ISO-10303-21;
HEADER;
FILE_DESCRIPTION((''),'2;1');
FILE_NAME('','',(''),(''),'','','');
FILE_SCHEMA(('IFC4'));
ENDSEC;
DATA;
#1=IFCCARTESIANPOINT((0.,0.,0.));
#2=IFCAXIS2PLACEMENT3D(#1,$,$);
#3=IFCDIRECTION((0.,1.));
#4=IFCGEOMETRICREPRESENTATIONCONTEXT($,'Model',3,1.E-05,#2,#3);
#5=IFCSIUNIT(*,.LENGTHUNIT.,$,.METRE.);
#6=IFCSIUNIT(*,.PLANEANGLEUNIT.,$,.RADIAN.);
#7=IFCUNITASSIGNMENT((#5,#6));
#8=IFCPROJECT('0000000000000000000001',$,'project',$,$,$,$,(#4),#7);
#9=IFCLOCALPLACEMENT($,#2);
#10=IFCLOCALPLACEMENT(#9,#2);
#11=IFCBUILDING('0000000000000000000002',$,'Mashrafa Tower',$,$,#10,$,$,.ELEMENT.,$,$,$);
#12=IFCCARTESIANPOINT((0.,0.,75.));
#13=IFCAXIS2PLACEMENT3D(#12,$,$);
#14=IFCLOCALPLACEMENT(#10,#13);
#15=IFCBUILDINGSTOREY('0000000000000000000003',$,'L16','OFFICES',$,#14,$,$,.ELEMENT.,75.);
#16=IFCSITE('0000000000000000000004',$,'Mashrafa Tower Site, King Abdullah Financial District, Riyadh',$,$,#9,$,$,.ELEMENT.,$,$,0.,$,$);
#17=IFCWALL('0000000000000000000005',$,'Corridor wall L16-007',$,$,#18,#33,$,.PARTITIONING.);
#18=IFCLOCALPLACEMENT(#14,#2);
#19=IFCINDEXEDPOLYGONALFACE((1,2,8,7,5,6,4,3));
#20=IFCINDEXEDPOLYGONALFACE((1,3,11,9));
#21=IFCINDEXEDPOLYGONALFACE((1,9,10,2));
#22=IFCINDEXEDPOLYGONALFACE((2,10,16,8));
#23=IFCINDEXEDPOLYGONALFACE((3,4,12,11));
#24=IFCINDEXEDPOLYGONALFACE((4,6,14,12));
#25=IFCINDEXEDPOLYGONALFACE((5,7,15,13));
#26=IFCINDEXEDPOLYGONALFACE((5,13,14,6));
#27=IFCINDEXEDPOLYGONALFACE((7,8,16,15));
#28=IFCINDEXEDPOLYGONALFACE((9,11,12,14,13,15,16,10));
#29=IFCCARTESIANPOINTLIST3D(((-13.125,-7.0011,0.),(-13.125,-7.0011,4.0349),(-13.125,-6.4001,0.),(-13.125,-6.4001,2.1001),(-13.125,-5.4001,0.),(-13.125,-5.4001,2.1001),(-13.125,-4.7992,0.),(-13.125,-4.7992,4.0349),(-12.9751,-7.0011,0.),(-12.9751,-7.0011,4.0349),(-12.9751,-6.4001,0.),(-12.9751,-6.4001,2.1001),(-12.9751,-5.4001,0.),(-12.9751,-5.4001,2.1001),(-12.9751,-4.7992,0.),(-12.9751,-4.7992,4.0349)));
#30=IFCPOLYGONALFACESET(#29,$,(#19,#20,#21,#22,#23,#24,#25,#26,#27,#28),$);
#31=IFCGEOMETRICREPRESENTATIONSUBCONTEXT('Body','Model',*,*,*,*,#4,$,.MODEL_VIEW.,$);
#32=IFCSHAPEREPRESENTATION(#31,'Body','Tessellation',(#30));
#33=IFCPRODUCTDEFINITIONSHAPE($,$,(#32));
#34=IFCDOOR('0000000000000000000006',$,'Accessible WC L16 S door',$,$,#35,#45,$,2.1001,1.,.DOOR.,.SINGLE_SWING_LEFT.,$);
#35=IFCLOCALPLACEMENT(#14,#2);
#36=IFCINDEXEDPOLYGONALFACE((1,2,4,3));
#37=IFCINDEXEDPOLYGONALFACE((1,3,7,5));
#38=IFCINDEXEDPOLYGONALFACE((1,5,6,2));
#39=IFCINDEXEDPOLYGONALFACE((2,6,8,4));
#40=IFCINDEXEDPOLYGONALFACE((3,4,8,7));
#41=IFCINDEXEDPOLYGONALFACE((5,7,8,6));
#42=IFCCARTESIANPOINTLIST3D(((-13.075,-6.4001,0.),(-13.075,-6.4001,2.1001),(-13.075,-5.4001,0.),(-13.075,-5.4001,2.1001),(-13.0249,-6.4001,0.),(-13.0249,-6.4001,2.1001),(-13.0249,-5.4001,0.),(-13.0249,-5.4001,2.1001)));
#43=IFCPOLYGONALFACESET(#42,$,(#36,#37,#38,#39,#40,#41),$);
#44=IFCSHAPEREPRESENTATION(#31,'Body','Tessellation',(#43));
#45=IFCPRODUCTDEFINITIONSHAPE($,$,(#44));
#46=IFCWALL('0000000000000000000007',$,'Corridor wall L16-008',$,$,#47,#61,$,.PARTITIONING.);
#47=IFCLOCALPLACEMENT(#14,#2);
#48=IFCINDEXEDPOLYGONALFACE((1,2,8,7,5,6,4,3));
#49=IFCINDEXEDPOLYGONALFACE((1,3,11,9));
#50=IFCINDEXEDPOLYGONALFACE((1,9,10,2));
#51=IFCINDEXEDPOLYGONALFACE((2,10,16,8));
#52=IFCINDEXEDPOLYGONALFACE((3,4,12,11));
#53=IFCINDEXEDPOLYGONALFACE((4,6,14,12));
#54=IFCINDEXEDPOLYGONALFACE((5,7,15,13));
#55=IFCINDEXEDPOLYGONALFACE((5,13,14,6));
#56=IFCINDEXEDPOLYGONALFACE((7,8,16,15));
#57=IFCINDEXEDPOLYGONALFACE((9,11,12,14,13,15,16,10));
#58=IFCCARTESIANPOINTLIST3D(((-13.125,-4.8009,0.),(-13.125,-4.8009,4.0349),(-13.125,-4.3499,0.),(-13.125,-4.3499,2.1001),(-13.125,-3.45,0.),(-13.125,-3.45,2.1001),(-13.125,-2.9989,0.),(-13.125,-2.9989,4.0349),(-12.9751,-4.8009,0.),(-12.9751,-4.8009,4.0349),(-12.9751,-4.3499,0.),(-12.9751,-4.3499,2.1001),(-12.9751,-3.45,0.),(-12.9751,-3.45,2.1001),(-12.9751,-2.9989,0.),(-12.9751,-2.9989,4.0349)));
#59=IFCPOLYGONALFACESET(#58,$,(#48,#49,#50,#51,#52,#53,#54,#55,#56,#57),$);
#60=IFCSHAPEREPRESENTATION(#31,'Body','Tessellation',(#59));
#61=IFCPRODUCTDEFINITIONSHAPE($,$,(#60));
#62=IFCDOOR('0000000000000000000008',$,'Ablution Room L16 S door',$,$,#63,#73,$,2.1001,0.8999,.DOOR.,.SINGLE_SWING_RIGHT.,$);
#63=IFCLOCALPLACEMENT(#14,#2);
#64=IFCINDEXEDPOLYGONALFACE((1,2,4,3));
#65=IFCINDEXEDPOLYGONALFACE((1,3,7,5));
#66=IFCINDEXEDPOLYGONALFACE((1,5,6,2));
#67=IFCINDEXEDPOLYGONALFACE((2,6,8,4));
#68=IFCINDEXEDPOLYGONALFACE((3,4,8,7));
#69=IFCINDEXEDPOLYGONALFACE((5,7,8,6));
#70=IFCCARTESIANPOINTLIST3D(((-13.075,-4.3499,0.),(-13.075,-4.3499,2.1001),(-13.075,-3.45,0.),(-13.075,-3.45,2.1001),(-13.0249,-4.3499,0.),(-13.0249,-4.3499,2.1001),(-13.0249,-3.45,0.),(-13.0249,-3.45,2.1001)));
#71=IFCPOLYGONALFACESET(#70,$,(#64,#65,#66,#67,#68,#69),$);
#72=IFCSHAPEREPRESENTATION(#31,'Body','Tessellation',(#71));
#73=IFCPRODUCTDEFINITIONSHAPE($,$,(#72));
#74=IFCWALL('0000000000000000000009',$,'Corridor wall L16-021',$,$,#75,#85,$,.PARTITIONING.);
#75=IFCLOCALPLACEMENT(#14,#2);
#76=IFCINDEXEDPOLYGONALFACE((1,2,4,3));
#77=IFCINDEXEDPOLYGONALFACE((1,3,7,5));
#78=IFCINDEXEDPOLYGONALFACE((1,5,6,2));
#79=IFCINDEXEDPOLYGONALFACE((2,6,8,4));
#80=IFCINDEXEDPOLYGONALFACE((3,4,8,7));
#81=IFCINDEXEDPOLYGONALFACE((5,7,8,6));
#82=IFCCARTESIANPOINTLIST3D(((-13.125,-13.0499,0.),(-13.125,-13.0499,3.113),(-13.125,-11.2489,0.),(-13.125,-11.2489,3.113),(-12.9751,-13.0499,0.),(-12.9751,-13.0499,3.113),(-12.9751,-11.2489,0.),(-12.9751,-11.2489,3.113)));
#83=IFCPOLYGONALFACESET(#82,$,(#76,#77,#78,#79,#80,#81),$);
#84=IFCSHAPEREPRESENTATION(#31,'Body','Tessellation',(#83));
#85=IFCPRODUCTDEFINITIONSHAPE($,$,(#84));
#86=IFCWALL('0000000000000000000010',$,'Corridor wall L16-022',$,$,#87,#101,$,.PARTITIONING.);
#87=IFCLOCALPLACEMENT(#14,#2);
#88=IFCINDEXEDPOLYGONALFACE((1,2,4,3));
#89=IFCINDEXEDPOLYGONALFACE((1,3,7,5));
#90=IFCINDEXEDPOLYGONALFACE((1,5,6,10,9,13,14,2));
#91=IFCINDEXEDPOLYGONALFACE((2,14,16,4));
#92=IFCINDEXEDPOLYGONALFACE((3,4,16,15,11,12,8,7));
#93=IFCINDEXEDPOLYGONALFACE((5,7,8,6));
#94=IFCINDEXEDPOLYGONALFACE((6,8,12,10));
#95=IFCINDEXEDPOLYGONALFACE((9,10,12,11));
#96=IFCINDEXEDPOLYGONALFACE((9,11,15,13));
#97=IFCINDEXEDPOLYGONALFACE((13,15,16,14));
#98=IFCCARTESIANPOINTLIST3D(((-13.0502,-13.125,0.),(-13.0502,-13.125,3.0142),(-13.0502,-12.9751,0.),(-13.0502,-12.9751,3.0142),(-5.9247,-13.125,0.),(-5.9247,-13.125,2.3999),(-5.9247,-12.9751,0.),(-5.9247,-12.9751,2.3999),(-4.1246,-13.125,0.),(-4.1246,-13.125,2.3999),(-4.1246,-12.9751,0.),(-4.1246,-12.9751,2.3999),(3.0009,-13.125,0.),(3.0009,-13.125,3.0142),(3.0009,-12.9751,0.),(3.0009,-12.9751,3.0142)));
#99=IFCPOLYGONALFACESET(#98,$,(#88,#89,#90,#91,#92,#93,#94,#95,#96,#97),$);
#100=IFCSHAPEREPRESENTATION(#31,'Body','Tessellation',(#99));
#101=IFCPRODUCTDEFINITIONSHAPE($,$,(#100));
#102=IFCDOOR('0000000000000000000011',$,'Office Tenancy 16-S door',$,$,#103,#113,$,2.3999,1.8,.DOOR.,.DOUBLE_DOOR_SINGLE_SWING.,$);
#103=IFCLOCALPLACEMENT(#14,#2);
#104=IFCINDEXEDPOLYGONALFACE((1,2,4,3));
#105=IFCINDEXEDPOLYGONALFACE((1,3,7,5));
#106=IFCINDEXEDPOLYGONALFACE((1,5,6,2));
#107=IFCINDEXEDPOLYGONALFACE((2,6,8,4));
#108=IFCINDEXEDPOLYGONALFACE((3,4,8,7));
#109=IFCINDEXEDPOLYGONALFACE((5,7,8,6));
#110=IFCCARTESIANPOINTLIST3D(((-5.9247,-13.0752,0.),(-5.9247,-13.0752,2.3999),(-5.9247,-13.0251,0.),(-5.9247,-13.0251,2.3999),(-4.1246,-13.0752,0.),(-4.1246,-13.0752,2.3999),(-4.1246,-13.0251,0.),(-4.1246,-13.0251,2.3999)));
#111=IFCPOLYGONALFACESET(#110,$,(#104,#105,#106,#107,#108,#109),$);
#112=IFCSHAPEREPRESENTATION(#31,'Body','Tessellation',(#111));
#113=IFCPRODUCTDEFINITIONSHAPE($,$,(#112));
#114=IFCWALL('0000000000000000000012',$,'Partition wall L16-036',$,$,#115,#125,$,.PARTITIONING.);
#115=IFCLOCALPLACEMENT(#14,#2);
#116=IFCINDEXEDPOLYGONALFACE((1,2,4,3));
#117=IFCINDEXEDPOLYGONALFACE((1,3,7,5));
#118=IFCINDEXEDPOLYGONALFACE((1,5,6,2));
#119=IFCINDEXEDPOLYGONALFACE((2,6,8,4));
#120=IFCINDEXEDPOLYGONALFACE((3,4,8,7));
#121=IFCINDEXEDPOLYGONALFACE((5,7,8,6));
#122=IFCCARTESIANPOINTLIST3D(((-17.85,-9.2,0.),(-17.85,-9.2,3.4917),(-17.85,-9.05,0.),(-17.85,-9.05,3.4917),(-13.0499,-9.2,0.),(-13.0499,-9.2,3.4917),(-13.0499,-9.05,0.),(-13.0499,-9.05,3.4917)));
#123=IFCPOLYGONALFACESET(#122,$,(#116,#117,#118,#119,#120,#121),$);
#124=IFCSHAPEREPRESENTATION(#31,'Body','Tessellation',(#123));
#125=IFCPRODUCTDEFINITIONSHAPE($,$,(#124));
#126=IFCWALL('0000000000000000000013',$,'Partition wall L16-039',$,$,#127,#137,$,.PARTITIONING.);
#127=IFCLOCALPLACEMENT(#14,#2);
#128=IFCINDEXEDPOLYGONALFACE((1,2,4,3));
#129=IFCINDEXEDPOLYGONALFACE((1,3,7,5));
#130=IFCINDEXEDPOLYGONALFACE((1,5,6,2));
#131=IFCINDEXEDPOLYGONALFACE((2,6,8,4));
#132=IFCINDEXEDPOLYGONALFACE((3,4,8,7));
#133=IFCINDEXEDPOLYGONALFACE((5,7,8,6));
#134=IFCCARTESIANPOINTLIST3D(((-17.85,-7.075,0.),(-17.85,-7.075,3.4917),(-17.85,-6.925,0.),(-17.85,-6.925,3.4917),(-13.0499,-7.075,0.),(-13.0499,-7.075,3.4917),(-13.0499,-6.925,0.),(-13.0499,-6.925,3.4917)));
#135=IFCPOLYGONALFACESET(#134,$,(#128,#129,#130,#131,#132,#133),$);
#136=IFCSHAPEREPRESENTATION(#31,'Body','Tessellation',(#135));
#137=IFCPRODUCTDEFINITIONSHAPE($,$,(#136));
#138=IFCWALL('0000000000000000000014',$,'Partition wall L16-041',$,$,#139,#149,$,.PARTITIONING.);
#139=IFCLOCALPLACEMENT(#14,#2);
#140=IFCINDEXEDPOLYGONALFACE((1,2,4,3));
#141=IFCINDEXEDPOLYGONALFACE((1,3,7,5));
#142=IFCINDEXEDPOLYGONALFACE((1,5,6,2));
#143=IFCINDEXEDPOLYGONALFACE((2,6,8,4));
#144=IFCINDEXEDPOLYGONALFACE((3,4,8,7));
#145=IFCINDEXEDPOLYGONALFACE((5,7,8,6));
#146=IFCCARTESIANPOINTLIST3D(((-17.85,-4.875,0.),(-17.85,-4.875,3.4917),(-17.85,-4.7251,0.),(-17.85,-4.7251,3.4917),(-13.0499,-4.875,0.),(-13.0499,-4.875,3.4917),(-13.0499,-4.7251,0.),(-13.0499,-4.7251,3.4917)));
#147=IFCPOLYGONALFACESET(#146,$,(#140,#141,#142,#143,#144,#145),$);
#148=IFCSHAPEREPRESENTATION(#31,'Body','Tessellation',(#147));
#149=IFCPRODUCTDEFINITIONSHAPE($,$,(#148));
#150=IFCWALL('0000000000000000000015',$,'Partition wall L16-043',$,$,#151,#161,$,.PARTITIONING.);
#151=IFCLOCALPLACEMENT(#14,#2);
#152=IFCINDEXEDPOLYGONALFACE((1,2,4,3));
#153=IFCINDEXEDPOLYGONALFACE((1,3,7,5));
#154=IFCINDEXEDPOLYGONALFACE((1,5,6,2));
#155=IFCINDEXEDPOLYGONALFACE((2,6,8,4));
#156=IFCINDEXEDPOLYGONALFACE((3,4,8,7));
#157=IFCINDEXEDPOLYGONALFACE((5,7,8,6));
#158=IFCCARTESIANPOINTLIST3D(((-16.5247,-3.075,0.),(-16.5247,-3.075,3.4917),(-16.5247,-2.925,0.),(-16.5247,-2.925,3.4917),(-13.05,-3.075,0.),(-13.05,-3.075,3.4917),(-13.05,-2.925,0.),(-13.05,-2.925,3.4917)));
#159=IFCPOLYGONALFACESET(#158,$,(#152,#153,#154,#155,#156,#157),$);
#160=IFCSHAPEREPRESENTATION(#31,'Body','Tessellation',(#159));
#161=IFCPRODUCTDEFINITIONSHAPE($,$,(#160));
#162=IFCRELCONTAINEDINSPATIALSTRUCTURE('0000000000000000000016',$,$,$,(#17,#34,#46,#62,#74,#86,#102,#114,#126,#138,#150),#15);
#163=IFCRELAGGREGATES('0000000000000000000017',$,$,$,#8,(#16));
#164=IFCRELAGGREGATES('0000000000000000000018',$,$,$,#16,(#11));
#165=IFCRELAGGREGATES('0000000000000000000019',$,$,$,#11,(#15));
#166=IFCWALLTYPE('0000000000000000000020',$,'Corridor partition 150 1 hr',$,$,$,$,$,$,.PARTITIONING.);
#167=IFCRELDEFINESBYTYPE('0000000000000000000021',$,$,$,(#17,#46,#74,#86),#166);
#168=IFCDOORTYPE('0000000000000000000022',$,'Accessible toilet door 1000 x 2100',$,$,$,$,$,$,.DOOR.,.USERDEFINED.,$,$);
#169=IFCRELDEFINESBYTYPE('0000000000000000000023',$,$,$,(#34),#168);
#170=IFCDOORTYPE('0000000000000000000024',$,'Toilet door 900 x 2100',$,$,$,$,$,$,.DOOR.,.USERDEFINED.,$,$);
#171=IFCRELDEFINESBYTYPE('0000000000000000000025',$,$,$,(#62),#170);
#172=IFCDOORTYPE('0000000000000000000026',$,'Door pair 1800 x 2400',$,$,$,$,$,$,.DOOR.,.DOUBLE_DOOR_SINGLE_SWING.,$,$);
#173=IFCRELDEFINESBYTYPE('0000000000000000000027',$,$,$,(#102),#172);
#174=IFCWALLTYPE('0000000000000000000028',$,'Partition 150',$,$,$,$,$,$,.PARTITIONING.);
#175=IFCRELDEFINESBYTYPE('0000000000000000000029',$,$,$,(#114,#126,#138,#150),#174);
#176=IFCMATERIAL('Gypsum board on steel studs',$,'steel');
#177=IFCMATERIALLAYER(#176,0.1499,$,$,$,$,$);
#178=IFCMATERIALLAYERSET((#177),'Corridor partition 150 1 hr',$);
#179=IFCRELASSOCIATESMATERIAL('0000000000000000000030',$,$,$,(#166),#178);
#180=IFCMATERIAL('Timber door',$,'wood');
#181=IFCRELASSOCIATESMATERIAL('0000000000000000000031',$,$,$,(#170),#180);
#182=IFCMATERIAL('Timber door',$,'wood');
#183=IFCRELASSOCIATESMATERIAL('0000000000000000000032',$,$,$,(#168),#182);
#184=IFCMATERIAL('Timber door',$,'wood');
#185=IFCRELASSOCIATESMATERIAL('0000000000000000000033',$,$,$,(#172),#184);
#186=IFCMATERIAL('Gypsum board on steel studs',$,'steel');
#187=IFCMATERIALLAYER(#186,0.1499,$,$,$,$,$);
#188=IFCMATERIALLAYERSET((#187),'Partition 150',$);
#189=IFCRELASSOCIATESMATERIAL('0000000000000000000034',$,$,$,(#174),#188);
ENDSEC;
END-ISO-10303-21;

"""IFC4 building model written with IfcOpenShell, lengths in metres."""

from ifc_helpers import new_model, si_unit, direction, frame, frame_2d, origin, place, context, subcontext, project, spatial, rectangle, extrude, material, layer, layer_set, type_object, element, fill, save


model = new_model("IFC4")

# Units and contexts
model_context = context("Model", 3, precision=1e-05, world=origin(), true_north=direction((0.0, 1.0)))
body_context = subcontext(model_context, "Body", "Model", "MODEL_VIEW")
ifc_project = project(units=[si_unit("LENGTHUNIT", "METRE"), si_unit("PLANEANGLEUNIT", "RADIAN")], contexts=[model_context])

# Site, building, storey
site_placement = place(None, origin())
site = spatial("IfcSite", under=ifc_project, at=site_placement, Name="Mashrafa Tower Site, King Abdullah Financial District, Riyadh", CompositionType="ELEMENT", RefElevation=0.0)
building_placement = place(site_placement, origin())
building = spatial("IfcBuilding", under=site, at=building_placement, Name="Mashrafa Tower", CompositionType="ELEMENT")
storey_placement = place(building_placement, frame((0.0, 0.0, 75.0)))
storey = spatial("IfcBuildingStorey", under=building, at=storey_placement, Name="L16", Description="OFFICES", CompositionType="ELEMENT", Elevation=75.0)

# Walls, openings, doors
ifc_material_1 = material(Name="Gypsum board on steel studs", Category="steel")
ifc_layer_1 = layer(ifc_material_1, 0.1499)
ifc_layer_set_1 = layer_set([ifc_layer_1], Name="Corridor partition 150 1 hr")
wall_type_1 = type_object("IfcWallType", Name="Corridor partition 150 1 hr", PredefinedType="PARTITIONING", material=ifc_layer_set_1)
ifc_material_2 = material(Name="Timber door", Category="wood")
door_type_1 = type_object("IfcDoorType", Name="Toilet door 900 x 2100", OperationType="USERDEFINED", PredefinedType="DOOR", material=ifc_material_2)
wall_1_placement = place(storey_placement, frame((-13.05, -4.7991, 0.0), z_axis=(0.0, 0.0, 1.0), x_axis=(0.0, -1.0, 0.0)))
wall_1 = element("IfcWall", 1, at=wall_1_placement, inside=storey, type_object=wall_type_1, Name="Corridor wall L16-007", PredefinedType="PARTITIONING", context=body_context, shape_type="SweptSolid", body=[
    extrude(rectangle(XDim=2.2019, YDim=0.1499, at=frame_2d((1.1011, 0.0))), origin(), (0.0, 0.0, 1.0), 4.0349),
])
opening_1_placement = place(wall_1_placement, frame((0.6011, 0.0, 0.0)))
opening_1 = element("IfcOpeningElement", 2, at=opening_1_placement, cuts=wall_1, PredefinedType="OPENING", context=body_context, shape_type="SweptSolid", body=[
    extrude(rectangle(XDim=1.0, YDim=2.1001, at=frame_2d((0.5, 1.05))), frame((0.0, 0.085, 0.0), z_axis=(0.0, -1.0, 0.0), x_axis=(1.0, 0.0, 0.0)), (0.0, 0.0, 1.0), 0.1699),
])
ifc_material_3 = material(Name="Timber door", Category="wood")
door_type_2 = type_object("IfcDoorType", Name="Accessible toilet door 1000 x 2100", OperationType="USERDEFINED", PredefinedType="DOOR", material=ifc_material_3)
door_1_placement = place(opening_1_placement, frame((1.0, 0.0, 0.0), z_axis=(0.0, 0.0, 1.0), x_axis=(-1.0, 0.0, 0.0)))
door_1 = element("IfcDoor", 3, at=door_1_placement, inside=storey, type_object=door_type_2, Name="Accessible WC L16 S door", OperationType="SINGLE_SWING_LEFT", OverallHeight=2.1001, OverallWidth=1.0, PredefinedType="DOOR", context=body_context, shape_type="SweptSolid", body=[
    extrude(rectangle(XDim=1.0, YDim=2.1001, at=frame_2d((0.5, 1.05))), frame((0.0, 0.0249, 0.0), z_axis=(0.0, -1.0, 0.0), x_axis=(1.0, 0.0, 0.0)), (0.0, 0.0, 1.0), 0.05),
])
fill(opening_1, door_1)
wall_2_placement = place(storey_placement, frame((-13.05, -2.999, 0.0), z_axis=(0.0, 0.0, 1.0), x_axis=(0.0, -1.0, 0.0)))
wall_2 = element("IfcWall", 4, at=wall_2_placement, inside=storey, type_object=wall_type_1, Name="Corridor wall L16-008", PredefinedType="PARTITIONING", context=body_context, shape_type="SweptSolid", body=[
    extrude(rectangle(XDim=1.802, YDim=0.1499, at=frame_2d((0.9009, 0.0))), origin(), (0.0, 0.0, 1.0), 4.0349),
])
opening_2_placement = place(wall_2_placement, frame((0.4509, 0.0, 0.0)))
opening_2 = element("IfcOpeningElement", 5, at=opening_2_placement, cuts=wall_2, PredefinedType="OPENING", context=body_context, shape_type="SweptSolid", body=[
    extrude(rectangle(XDim=0.8999, YDim=2.1001, at=frame_2d((0.45, 1.05))), frame((0.0, 0.085, 0.0), z_axis=(0.0, -1.0, 0.0), x_axis=(1.0, 0.0, 0.0)), (0.0, 0.0, 1.0), 0.1699),
])
door_2_placement = place(opening_2_placement, frame((0.8999, 0.0, 0.0), z_axis=(0.0, 0.0, 1.0), x_axis=(-1.0, 0.0, 0.0)))
door_2 = element("IfcDoor", 6, at=door_2_placement, inside=storey, type_object=door_type_1, Name="Ablution Room L16 S door", OperationType="SINGLE_SWING_RIGHT", OverallHeight=2.1001, OverallWidth=0.8999, PredefinedType="DOOR", context=body_context, shape_type="SweptSolid", body=[
    extrude(rectangle(XDim=0.8999, YDim=2.1001, at=frame_2d((0.45, 1.05))), frame((0.0, 0.0249, 0.0), z_axis=(0.0, -1.0, 0.0), x_axis=(1.0, 0.0, 0.0)), (0.0, 0.0, 1.0), 0.05),
])
fill(opening_2, door_2)

# Wall
wall_3_placement = place(storey_placement, frame((-13.05, -11.249, 0.0), z_axis=(0.0, 0.0, 1.0), x_axis=(0.0, -1.0, 0.0)))
element("IfcWall", 7, at=wall_3_placement, inside=storey, type_object=wall_type_1, Name="Corridor wall L16-021", PredefinedType="PARTITIONING", context=body_context, shape_type="SweptSolid", body=[
    extrude(rectangle(XDim=1.801, YDim=0.1499, at=frame_2d((0.9004, 0.0))), origin(), (0.0, 0.0, 1.0), 3.113),
])

# Wall, opening, door
wall_4_placement = place(storey_placement, frame((-13.05, -13.05, 0.0), z_axis=(0.0, 0.0, 1.0), x_axis=(1.0, 0.0, 0.0)))
wall_4 = element("IfcWall", 8, at=wall_4_placement, inside=storey, type_object=wall_type_1, Name="Corridor wall L16-022", PredefinedType="PARTITIONING", context=body_context, shape_type="SweptSolid", body=[
    extrude(rectangle(XDim=16.051, YDim=0.1499, at=frame_2d((8.0254, 0.0))), origin(), (0.0, 0.0, 1.0), 3.0142),
])
opening_3_placement = place(wall_4_placement, frame((7.1255, 0.0, 0.0)))
opening_3 = element("IfcOpeningElement", 9, at=opening_3_placement, cuts=wall_4, PredefinedType="OPENING", context=body_context, shape_type="SweptSolid", body=[
    extrude(rectangle(XDim=1.8, YDim=2.3999, at=frame_2d((0.8999, 1.2))), frame((0.0, 0.085, 0.0), z_axis=(0.0, -1.0, 0.0), x_axis=(1.0, 0.0, 0.0)), (0.0, 0.0, 1.0), 0.1699),
])
ifc_material_4 = material(Name="Timber door", Category="wood")
door_type_3 = type_object("IfcDoorType", Name="Door pair 1800 x 2400", OperationType="DOUBLE_DOOR_SINGLE_SWING", PredefinedType="DOOR", material=ifc_material_4)
door_3_placement = place(opening_3_placement, origin())
door_3 = element("IfcDoor", 10, at=door_3_placement, inside=storey, type_object=door_type_3, Name="Office Tenancy 16-S door", OperationType="DOUBLE_DOOR_SINGLE_SWING", OverallHeight=2.3999, OverallWidth=1.8, PredefinedType="DOOR", context=body_context, shape_type="SweptSolid", body=[
    extrude(rectangle(XDim=1.8, YDim=2.3999, at=frame_2d((0.8999, 1.2))), frame((0.0, 0.0249, 0.0), z_axis=(0.0, -1.0, 0.0), x_axis=(1.0, 0.0, 0.0)), (0.0, 0.0, 1.0), 0.05),
])
fill(opening_3, door_3)

# Walls
ifc_material_5 = material(Name="Gypsum board on steel studs", Category="steel")
ifc_layer_2 = layer(ifc_material_5, 0.1499)
ifc_layer_set_2 = layer_set([ifc_layer_2], Name="Partition 150")
wall_type_2 = type_object("IfcWallType", Name="Partition 150", PredefinedType="PARTITIONING", material=ifc_layer_set_2)
for number, where, z_axis, x_axis, name in (
    (11, (-13.05, -9.125, 0.0), (0.0, 0.0, 1.0), (-1.0, 0.0, 0.0), "Partition wall L16-036"),
    (12, (-13.05, -7.0, 0.0), (0.0, 0.0, 1.0), (-1.0, 0.0, 0.0), "Partition wall L16-039"),
    (13, (-13.05, -4.8, 0.0), (0.0, 0.0, 1.0), (-1.0, 0.0, 0.0), "Partition wall L16-041"),
):
    element("IfcWall", number, at=place(storey_placement, frame(where, z_axis=z_axis, x_axis=x_axis)), inside=storey, type_object=wall_type_2, Name=name, PredefinedType="PARTITIONING", context=body_context, shape_type="SweptSolid", body=[
        extrude(rectangle(XDim=4.8, YDim=0.1499, at=frame_2d((2.3999, 0.0))), origin(), (0.0, 0.0, 1.0), 3.4917),
    ])
wall_5_placement = place(storey_placement, frame((-13.05, -3.0, 0.0), z_axis=(0.0, 0.0, 1.0), x_axis=(-1.0, 0.0, 0.0)))
element("IfcWall", 14, at=wall_5_placement, inside=storey, type_object=wall_type_2, Name="Partition wall L16-043", PredefinedType="PARTITIONING", context=body_context, shape_type="SweptSolid", body=[
    extrude(rectangle(XDim=3.4746, YDim=0.1499, at=frame_2d((1.7373, 0.0))), origin(), (0.0, 0.0, 1.0), 3.4917),
])

save(model, "model.ifc")
